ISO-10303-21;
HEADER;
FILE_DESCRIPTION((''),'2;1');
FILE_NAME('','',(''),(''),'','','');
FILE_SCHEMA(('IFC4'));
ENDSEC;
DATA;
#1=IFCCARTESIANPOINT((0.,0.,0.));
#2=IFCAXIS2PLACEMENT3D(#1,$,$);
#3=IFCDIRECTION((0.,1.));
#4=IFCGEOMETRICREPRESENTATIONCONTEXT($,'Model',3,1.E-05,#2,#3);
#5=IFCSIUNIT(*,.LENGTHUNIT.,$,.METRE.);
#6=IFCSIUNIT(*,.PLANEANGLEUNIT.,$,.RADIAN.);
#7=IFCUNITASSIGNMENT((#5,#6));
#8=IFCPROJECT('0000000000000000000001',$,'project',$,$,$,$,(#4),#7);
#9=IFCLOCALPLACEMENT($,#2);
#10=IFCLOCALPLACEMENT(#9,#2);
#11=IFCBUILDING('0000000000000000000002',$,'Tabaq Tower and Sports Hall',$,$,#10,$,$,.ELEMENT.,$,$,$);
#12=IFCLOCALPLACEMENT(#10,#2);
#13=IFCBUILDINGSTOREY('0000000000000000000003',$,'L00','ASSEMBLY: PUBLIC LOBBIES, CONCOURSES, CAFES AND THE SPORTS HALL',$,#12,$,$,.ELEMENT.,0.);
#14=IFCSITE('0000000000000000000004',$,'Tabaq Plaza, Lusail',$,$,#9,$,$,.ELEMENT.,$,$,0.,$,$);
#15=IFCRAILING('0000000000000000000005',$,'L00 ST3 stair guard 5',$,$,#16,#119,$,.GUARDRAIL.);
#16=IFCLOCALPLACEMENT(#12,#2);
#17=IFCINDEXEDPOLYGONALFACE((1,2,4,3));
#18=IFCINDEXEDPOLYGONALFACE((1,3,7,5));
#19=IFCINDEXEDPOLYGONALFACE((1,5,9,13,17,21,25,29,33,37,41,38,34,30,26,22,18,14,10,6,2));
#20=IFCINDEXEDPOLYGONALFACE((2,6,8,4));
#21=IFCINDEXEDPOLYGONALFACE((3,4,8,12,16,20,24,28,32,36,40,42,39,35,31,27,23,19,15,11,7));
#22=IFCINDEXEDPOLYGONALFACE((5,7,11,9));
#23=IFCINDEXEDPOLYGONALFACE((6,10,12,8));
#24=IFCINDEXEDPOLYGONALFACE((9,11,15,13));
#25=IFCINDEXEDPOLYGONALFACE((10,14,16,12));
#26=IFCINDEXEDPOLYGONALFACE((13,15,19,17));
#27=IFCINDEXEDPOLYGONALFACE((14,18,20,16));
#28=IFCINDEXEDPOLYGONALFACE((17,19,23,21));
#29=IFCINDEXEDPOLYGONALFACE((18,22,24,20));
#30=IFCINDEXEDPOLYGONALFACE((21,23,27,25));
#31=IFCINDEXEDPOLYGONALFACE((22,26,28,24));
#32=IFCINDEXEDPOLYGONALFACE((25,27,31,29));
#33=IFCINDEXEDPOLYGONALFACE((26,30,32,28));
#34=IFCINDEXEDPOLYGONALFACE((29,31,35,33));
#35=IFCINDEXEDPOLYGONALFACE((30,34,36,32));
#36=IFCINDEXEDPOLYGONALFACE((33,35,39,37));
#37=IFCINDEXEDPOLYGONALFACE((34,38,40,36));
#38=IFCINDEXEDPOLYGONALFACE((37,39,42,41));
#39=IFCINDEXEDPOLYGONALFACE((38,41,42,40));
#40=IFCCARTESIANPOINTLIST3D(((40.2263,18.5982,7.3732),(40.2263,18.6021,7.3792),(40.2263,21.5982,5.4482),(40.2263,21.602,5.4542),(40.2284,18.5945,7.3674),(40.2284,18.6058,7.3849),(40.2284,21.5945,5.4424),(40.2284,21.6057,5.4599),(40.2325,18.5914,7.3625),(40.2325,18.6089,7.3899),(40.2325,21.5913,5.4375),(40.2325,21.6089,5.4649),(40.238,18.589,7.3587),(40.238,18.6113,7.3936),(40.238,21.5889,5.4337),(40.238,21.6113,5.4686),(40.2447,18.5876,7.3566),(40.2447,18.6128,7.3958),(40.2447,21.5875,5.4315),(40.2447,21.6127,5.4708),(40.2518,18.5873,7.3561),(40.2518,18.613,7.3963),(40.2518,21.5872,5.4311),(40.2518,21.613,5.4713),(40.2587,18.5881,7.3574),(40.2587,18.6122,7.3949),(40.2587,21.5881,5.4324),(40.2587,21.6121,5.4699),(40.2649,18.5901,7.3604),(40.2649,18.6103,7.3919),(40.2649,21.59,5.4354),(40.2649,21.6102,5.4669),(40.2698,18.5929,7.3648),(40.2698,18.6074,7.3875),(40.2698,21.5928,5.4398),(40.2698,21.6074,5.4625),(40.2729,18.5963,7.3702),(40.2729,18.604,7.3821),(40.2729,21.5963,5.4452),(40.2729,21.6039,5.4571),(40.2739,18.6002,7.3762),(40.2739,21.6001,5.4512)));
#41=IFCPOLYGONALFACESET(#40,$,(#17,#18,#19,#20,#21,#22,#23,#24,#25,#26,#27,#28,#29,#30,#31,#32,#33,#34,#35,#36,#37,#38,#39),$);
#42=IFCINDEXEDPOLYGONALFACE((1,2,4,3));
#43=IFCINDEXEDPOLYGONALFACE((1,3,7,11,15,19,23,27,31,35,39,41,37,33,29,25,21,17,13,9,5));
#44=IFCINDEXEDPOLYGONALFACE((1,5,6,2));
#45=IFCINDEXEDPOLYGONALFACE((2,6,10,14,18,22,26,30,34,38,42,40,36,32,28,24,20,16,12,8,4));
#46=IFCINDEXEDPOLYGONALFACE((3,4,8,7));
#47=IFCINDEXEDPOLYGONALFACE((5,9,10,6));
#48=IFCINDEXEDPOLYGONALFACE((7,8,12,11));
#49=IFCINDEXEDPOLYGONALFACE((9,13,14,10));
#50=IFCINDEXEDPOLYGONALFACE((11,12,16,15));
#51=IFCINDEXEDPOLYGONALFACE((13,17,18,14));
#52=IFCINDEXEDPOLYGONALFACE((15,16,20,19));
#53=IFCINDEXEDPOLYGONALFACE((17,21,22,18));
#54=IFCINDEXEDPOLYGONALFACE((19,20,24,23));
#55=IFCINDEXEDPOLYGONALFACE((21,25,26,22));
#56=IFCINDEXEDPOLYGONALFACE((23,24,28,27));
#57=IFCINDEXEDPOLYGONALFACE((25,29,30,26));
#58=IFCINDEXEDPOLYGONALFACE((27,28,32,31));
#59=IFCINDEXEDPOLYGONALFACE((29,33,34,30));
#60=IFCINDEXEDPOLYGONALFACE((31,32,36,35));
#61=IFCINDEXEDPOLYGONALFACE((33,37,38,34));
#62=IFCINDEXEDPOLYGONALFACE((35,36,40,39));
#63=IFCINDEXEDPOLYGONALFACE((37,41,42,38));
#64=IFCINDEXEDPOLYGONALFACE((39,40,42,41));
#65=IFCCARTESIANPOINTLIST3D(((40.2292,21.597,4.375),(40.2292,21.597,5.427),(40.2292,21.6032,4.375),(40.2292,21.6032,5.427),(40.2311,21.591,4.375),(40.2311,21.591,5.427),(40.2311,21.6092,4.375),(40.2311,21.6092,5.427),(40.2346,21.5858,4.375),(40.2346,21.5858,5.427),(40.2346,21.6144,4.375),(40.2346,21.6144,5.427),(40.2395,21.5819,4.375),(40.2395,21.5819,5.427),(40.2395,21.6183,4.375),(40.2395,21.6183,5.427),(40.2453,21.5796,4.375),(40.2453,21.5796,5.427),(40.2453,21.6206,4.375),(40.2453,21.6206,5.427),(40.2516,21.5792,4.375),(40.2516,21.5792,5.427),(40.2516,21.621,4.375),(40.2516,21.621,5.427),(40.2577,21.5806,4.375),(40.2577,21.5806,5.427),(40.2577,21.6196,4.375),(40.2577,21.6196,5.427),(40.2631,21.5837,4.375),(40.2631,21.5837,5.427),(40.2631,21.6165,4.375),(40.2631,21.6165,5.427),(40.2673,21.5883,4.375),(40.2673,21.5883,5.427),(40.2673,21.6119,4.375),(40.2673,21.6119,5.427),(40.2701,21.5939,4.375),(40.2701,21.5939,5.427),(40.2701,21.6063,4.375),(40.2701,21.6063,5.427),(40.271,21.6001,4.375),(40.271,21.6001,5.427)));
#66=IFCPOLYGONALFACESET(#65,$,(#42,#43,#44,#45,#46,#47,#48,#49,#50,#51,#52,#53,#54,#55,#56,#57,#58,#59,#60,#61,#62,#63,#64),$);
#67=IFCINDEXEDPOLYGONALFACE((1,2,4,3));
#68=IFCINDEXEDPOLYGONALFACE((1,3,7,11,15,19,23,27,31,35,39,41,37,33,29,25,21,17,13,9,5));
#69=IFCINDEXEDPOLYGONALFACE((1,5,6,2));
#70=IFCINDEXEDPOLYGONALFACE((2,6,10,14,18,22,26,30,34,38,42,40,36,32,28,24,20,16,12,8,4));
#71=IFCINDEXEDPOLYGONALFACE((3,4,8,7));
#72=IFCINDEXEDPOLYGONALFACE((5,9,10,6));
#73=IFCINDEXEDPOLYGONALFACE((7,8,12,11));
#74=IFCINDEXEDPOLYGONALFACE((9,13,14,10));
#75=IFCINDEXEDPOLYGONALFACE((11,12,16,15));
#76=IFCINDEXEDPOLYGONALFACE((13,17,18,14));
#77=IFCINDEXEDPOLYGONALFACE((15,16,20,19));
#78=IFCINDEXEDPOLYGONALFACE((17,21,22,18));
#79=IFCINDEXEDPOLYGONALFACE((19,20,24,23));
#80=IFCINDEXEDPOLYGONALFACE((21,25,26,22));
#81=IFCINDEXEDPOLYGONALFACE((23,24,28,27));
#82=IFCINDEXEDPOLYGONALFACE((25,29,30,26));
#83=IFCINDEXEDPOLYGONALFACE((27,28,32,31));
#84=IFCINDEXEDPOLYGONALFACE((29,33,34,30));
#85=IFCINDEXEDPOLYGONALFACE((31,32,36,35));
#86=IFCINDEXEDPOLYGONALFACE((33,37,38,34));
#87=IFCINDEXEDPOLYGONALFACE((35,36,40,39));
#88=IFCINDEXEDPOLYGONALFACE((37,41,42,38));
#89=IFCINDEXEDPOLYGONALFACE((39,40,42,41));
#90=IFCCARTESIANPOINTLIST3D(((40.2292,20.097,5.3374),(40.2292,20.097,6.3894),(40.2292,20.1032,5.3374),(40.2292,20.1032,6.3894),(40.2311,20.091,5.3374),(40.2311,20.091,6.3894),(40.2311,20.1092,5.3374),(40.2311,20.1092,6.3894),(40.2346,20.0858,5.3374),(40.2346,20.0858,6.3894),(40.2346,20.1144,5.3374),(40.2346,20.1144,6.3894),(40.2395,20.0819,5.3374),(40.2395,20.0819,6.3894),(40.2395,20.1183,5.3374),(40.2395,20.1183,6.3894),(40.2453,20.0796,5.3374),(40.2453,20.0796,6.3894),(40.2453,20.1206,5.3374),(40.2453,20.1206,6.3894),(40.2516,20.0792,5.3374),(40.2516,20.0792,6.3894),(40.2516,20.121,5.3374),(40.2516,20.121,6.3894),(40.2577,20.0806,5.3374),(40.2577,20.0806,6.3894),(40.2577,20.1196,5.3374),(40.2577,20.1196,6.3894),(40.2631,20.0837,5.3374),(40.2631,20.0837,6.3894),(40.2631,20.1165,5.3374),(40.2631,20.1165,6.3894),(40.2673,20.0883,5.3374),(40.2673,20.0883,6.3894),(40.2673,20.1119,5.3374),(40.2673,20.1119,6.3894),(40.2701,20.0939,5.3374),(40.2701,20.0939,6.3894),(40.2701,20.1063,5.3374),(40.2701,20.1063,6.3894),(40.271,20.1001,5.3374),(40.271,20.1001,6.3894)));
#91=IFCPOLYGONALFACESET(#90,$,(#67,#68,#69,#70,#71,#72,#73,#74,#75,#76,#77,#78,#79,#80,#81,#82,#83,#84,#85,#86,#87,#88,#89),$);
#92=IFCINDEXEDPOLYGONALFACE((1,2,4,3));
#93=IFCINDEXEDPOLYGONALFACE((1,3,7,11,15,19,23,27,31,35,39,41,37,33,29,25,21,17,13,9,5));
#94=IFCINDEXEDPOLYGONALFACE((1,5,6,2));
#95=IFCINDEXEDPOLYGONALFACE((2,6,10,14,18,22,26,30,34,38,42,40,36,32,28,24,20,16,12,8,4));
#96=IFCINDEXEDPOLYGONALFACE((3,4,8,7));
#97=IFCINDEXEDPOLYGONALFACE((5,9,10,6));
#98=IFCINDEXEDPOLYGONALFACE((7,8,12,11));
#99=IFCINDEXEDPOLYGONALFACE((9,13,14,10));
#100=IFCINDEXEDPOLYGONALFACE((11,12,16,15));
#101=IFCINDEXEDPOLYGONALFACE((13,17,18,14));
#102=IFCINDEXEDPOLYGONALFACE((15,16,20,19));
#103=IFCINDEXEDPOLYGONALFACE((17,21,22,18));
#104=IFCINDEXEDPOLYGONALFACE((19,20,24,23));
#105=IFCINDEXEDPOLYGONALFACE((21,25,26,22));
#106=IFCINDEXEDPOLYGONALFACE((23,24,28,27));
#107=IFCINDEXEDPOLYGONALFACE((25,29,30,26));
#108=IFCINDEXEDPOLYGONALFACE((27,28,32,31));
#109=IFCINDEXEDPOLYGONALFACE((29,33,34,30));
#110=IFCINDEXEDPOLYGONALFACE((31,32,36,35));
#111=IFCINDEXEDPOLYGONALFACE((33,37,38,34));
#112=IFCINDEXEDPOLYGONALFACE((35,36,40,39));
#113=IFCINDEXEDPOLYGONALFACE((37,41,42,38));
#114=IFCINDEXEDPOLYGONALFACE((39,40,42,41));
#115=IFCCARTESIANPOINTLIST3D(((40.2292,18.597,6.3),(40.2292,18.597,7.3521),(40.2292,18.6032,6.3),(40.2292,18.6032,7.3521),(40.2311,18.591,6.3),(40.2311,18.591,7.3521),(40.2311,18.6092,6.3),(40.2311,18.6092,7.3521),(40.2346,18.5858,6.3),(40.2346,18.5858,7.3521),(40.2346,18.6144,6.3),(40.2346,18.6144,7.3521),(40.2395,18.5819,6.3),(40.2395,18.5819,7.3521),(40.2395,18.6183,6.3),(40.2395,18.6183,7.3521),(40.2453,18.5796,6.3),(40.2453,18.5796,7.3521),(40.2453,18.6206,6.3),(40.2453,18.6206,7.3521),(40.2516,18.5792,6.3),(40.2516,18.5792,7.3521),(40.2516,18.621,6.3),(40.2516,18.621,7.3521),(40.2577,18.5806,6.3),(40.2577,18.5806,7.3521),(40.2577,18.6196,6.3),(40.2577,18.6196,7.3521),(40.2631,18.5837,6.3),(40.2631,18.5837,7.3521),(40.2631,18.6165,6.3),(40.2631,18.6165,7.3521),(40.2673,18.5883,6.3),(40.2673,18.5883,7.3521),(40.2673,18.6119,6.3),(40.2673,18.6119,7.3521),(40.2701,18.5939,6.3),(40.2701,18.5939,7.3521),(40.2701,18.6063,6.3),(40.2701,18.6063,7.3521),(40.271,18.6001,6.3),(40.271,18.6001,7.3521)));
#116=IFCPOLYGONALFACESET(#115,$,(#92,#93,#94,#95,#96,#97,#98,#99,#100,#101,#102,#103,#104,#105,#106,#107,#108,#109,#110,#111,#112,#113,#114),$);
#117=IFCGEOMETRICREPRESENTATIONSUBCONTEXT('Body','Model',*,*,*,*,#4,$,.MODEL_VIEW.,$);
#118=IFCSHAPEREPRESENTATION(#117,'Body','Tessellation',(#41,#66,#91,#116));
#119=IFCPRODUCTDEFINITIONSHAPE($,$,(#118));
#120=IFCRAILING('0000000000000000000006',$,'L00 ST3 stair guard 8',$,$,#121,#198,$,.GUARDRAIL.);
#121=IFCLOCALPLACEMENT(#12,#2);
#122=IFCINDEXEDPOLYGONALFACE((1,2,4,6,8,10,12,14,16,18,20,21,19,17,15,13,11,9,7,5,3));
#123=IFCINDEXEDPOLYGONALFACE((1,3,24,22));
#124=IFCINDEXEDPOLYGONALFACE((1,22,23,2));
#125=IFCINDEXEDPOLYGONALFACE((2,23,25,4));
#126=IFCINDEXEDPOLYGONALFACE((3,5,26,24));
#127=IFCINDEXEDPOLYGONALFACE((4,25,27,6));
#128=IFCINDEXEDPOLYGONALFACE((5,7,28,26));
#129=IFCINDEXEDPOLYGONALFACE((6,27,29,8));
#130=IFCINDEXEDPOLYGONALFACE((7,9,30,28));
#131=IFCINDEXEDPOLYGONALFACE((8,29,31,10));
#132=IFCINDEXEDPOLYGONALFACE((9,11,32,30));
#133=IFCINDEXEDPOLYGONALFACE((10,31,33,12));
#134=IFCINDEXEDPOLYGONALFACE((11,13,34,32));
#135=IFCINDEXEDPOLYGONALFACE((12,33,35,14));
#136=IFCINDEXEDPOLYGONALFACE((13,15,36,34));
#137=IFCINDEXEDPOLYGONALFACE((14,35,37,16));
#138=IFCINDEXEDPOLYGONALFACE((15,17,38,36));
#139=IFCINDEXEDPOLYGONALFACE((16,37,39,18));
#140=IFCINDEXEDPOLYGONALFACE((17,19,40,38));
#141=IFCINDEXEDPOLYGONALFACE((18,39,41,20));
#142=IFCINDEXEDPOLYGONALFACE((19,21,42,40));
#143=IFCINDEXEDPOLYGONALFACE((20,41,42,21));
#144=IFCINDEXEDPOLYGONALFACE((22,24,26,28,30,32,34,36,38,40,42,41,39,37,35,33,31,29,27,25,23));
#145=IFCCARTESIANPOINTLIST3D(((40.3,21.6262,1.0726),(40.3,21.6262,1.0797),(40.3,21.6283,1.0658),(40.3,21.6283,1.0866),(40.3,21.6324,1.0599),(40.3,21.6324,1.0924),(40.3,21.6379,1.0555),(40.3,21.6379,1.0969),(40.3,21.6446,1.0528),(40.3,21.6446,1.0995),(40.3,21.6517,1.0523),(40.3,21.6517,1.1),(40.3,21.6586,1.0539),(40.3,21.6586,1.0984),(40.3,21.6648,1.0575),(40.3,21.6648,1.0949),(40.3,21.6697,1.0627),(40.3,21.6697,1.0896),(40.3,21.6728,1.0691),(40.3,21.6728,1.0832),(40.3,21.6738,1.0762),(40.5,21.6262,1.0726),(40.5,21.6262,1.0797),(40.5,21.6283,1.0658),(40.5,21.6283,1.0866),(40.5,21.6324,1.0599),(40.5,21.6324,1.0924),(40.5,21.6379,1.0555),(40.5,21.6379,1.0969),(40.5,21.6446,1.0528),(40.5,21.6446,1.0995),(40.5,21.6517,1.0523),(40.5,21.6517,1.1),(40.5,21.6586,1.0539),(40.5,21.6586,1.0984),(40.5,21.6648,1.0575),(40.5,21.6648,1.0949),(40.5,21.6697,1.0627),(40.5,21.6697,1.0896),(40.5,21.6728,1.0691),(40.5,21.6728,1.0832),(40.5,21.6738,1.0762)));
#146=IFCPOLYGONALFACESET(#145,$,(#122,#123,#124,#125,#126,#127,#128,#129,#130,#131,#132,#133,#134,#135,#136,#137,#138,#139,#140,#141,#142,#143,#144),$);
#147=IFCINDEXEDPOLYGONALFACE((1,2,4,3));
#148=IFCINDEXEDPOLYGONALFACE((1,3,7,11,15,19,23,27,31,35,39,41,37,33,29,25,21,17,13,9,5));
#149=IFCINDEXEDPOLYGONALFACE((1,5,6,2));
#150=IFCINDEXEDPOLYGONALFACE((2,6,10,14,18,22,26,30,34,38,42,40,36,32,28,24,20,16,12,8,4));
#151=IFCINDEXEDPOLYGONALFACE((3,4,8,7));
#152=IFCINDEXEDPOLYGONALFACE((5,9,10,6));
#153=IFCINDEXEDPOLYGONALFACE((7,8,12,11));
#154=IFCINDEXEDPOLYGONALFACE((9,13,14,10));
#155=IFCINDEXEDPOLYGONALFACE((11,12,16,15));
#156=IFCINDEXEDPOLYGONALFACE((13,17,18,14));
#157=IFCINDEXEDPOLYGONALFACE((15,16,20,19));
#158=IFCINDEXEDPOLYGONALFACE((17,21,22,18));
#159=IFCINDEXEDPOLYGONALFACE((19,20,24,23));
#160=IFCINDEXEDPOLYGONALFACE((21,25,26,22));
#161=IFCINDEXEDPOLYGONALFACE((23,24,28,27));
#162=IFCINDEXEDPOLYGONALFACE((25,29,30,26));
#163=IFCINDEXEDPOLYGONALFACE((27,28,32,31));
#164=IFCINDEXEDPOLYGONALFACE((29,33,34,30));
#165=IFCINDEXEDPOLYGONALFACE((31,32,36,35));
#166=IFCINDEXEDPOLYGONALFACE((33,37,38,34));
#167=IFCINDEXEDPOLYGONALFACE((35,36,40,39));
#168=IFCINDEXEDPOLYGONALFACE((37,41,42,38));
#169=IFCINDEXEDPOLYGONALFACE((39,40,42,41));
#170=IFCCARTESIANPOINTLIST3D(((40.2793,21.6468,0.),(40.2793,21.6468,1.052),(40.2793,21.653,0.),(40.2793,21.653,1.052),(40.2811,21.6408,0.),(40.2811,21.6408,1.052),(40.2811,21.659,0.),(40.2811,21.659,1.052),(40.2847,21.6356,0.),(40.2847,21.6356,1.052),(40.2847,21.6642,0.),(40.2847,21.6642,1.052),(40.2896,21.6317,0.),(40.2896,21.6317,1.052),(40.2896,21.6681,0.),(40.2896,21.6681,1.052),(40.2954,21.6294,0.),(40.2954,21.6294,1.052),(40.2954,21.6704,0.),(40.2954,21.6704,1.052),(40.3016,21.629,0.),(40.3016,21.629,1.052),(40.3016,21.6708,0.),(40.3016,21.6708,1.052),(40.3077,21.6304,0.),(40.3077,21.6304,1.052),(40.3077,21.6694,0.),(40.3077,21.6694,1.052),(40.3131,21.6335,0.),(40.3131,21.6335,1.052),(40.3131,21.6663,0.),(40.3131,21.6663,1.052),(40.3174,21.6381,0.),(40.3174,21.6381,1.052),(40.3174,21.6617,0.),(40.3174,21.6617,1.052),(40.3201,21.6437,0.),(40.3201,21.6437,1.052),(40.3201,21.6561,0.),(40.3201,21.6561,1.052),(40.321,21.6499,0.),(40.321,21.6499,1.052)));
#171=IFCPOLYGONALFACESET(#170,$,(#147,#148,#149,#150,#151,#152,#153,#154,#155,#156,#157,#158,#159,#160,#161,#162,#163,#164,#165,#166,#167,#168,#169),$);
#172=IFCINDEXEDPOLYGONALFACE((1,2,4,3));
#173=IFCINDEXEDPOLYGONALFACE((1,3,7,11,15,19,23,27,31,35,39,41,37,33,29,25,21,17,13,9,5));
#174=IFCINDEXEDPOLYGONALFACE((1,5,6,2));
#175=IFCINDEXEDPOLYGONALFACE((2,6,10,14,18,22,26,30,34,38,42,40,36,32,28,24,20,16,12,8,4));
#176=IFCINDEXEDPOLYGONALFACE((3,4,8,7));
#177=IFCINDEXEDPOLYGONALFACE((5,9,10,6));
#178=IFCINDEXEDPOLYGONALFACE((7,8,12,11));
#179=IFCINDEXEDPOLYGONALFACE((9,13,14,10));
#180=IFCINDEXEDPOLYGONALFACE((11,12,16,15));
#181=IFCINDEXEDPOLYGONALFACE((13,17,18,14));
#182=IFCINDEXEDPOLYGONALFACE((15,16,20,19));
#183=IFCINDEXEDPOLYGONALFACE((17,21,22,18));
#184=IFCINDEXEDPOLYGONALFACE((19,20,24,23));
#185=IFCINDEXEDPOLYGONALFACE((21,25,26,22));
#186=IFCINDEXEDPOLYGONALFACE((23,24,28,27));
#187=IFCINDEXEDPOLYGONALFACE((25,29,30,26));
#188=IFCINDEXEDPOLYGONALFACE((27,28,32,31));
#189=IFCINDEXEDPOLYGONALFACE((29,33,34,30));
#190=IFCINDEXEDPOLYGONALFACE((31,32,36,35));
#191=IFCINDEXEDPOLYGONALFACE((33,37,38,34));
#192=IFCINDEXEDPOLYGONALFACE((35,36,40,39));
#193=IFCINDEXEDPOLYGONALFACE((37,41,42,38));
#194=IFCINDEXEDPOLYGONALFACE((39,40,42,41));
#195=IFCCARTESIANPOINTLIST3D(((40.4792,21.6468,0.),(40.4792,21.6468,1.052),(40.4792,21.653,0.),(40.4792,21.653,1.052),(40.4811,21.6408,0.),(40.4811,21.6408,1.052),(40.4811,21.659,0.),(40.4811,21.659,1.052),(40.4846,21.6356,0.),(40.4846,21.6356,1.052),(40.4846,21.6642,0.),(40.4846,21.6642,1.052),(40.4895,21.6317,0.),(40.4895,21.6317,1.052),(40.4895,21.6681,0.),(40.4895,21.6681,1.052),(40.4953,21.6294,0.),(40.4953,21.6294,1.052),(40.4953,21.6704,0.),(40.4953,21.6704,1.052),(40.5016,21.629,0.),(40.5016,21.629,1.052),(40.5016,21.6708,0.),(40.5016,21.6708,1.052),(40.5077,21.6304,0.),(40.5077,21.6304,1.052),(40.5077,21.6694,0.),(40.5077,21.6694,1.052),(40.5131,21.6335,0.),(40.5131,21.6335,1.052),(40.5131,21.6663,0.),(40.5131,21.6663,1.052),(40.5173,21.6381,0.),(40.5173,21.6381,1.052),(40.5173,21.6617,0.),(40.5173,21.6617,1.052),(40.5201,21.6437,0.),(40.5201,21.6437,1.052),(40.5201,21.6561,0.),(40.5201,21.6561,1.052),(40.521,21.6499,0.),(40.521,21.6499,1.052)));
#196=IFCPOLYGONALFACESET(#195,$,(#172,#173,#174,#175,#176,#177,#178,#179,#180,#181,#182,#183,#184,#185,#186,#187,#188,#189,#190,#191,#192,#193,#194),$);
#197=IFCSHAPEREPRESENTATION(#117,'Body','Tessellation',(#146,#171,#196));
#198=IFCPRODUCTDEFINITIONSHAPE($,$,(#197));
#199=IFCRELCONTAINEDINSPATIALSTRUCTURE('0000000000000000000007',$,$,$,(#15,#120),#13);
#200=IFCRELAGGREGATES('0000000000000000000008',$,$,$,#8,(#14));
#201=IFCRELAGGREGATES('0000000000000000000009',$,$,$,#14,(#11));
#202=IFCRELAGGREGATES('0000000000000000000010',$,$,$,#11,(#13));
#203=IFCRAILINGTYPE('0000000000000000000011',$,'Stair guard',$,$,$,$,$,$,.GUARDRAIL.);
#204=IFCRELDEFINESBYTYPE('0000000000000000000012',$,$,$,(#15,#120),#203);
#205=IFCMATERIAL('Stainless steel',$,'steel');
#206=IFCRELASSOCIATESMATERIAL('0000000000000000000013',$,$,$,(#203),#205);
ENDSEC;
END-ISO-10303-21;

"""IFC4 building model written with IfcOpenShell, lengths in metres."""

from ifc_helpers import new_model, si_unit, direction, frame, origin, origin_2d, place, context, subcontext, project, spatial, circle, extrude, material, type_object, element, save


model = new_model("IFC4")

# Units and contexts
model_context = context("Model", 3, precision=1e-05, world=origin(), true_north=direction((0.0, 1.0)))
body_context = subcontext(model_context, "Body", "Model", "MODEL_VIEW")
ifc_project = project(units=[si_unit("LENGTHUNIT", "METRE"), si_unit("PLANEANGLEUNIT", "RADIAN")], contexts=[model_context])

# Site, building, storey
site_placement = place(None, origin())
site = spatial("IfcSite", under=ifc_project, at=site_placement, Name="Tabaq Plaza, Lusail", CompositionType="ELEMENT", RefElevation=0.0)
building_placement = place(site_placement, origin())
building = spatial("IfcBuilding", under=site, at=building_placement, Name="Tabaq Tower and Sports Hall", CompositionType="ELEMENT")
storey_placement = place(building_placement, origin())
storey = spatial("IfcBuildingStorey", under=building, at=storey_placement, Name="L00", Description="ASSEMBLY: PUBLIC LOBBIES, CONCOURSES, CAFES AND THE SPORTS HALL", CompositionType="ELEMENT", Elevation=0.0)

# Railings
ifc_material_1 = material(Name="Stainless steel", Category="steel")
railing_type_1 = type_object("IfcRailingType", Name="Stair guard", PredefinedType="GUARDRAIL", material=ifc_material_1)
railing_1_placement = place(storey_placement, frame((40.25, 21.6001, 4.375)))
element("IfcRailing", 1, at=railing_1_placement, inside=storey, type_object=railing_type_1, Name="L00 ST3 stair guard 5", PredefinedType="GUARDRAIL", context=body_context, shape_type="SweptSolid", body=[
    extrude(circle(Radius=0.0239, at=origin_2d()), frame((0.0, 0.0, 1.0762), z_axis=(0.0, -0.841628, 0.540058), x_axis=(1.0, 0.0, 0.0)), (0.0, 0.0, 1.0), 3.5645),
    extrude(circle(Radius=0.021, at=origin_2d()), origin(), (0.0, 0.0, 1.0), 1.052),
    extrude(circle(Radius=0.021, at=origin_2d()), frame((0.0, -1.5, 0.9624)), (0.0, 0.0, 1.0), 1.052),
    extrude(circle(Radius=0.021, at=origin_2d()), frame((0.0, -3.0, 1.925)), (0.0, 0.0, 1.0), 1.052),
])
railing_2_placement = place(storey_placement, frame((40.3, 21.6499, 0.0)))
element("IfcRailing", 2, at=railing_2_placement, inside=storey, type_object=railing_type_1, Name="L00 ST3 stair guard 8", PredefinedType="GUARDRAIL", context=body_context, shape_type="SweptSolid", body=[
    extrude(circle(Radius=0.0239, at=origin_2d()), frame((0.0, 0.0, 1.0762), z_axis=(1.0, 0.0, 0.0), x_axis=(0.0, 1.0, 0.0)), (0.0, 0.0, 1.0), 0.2),
    extrude(circle(Radius=0.021, at=origin_2d()), origin(), (0.0, 0.0, 1.0), 1.052),
    extrude(circle(Radius=0.021, at=origin_2d()), frame((0.2, 0.0, 0.0)), (0.0, 0.0, 1.0), 1.052),
])

save(model, "model.ifc")
